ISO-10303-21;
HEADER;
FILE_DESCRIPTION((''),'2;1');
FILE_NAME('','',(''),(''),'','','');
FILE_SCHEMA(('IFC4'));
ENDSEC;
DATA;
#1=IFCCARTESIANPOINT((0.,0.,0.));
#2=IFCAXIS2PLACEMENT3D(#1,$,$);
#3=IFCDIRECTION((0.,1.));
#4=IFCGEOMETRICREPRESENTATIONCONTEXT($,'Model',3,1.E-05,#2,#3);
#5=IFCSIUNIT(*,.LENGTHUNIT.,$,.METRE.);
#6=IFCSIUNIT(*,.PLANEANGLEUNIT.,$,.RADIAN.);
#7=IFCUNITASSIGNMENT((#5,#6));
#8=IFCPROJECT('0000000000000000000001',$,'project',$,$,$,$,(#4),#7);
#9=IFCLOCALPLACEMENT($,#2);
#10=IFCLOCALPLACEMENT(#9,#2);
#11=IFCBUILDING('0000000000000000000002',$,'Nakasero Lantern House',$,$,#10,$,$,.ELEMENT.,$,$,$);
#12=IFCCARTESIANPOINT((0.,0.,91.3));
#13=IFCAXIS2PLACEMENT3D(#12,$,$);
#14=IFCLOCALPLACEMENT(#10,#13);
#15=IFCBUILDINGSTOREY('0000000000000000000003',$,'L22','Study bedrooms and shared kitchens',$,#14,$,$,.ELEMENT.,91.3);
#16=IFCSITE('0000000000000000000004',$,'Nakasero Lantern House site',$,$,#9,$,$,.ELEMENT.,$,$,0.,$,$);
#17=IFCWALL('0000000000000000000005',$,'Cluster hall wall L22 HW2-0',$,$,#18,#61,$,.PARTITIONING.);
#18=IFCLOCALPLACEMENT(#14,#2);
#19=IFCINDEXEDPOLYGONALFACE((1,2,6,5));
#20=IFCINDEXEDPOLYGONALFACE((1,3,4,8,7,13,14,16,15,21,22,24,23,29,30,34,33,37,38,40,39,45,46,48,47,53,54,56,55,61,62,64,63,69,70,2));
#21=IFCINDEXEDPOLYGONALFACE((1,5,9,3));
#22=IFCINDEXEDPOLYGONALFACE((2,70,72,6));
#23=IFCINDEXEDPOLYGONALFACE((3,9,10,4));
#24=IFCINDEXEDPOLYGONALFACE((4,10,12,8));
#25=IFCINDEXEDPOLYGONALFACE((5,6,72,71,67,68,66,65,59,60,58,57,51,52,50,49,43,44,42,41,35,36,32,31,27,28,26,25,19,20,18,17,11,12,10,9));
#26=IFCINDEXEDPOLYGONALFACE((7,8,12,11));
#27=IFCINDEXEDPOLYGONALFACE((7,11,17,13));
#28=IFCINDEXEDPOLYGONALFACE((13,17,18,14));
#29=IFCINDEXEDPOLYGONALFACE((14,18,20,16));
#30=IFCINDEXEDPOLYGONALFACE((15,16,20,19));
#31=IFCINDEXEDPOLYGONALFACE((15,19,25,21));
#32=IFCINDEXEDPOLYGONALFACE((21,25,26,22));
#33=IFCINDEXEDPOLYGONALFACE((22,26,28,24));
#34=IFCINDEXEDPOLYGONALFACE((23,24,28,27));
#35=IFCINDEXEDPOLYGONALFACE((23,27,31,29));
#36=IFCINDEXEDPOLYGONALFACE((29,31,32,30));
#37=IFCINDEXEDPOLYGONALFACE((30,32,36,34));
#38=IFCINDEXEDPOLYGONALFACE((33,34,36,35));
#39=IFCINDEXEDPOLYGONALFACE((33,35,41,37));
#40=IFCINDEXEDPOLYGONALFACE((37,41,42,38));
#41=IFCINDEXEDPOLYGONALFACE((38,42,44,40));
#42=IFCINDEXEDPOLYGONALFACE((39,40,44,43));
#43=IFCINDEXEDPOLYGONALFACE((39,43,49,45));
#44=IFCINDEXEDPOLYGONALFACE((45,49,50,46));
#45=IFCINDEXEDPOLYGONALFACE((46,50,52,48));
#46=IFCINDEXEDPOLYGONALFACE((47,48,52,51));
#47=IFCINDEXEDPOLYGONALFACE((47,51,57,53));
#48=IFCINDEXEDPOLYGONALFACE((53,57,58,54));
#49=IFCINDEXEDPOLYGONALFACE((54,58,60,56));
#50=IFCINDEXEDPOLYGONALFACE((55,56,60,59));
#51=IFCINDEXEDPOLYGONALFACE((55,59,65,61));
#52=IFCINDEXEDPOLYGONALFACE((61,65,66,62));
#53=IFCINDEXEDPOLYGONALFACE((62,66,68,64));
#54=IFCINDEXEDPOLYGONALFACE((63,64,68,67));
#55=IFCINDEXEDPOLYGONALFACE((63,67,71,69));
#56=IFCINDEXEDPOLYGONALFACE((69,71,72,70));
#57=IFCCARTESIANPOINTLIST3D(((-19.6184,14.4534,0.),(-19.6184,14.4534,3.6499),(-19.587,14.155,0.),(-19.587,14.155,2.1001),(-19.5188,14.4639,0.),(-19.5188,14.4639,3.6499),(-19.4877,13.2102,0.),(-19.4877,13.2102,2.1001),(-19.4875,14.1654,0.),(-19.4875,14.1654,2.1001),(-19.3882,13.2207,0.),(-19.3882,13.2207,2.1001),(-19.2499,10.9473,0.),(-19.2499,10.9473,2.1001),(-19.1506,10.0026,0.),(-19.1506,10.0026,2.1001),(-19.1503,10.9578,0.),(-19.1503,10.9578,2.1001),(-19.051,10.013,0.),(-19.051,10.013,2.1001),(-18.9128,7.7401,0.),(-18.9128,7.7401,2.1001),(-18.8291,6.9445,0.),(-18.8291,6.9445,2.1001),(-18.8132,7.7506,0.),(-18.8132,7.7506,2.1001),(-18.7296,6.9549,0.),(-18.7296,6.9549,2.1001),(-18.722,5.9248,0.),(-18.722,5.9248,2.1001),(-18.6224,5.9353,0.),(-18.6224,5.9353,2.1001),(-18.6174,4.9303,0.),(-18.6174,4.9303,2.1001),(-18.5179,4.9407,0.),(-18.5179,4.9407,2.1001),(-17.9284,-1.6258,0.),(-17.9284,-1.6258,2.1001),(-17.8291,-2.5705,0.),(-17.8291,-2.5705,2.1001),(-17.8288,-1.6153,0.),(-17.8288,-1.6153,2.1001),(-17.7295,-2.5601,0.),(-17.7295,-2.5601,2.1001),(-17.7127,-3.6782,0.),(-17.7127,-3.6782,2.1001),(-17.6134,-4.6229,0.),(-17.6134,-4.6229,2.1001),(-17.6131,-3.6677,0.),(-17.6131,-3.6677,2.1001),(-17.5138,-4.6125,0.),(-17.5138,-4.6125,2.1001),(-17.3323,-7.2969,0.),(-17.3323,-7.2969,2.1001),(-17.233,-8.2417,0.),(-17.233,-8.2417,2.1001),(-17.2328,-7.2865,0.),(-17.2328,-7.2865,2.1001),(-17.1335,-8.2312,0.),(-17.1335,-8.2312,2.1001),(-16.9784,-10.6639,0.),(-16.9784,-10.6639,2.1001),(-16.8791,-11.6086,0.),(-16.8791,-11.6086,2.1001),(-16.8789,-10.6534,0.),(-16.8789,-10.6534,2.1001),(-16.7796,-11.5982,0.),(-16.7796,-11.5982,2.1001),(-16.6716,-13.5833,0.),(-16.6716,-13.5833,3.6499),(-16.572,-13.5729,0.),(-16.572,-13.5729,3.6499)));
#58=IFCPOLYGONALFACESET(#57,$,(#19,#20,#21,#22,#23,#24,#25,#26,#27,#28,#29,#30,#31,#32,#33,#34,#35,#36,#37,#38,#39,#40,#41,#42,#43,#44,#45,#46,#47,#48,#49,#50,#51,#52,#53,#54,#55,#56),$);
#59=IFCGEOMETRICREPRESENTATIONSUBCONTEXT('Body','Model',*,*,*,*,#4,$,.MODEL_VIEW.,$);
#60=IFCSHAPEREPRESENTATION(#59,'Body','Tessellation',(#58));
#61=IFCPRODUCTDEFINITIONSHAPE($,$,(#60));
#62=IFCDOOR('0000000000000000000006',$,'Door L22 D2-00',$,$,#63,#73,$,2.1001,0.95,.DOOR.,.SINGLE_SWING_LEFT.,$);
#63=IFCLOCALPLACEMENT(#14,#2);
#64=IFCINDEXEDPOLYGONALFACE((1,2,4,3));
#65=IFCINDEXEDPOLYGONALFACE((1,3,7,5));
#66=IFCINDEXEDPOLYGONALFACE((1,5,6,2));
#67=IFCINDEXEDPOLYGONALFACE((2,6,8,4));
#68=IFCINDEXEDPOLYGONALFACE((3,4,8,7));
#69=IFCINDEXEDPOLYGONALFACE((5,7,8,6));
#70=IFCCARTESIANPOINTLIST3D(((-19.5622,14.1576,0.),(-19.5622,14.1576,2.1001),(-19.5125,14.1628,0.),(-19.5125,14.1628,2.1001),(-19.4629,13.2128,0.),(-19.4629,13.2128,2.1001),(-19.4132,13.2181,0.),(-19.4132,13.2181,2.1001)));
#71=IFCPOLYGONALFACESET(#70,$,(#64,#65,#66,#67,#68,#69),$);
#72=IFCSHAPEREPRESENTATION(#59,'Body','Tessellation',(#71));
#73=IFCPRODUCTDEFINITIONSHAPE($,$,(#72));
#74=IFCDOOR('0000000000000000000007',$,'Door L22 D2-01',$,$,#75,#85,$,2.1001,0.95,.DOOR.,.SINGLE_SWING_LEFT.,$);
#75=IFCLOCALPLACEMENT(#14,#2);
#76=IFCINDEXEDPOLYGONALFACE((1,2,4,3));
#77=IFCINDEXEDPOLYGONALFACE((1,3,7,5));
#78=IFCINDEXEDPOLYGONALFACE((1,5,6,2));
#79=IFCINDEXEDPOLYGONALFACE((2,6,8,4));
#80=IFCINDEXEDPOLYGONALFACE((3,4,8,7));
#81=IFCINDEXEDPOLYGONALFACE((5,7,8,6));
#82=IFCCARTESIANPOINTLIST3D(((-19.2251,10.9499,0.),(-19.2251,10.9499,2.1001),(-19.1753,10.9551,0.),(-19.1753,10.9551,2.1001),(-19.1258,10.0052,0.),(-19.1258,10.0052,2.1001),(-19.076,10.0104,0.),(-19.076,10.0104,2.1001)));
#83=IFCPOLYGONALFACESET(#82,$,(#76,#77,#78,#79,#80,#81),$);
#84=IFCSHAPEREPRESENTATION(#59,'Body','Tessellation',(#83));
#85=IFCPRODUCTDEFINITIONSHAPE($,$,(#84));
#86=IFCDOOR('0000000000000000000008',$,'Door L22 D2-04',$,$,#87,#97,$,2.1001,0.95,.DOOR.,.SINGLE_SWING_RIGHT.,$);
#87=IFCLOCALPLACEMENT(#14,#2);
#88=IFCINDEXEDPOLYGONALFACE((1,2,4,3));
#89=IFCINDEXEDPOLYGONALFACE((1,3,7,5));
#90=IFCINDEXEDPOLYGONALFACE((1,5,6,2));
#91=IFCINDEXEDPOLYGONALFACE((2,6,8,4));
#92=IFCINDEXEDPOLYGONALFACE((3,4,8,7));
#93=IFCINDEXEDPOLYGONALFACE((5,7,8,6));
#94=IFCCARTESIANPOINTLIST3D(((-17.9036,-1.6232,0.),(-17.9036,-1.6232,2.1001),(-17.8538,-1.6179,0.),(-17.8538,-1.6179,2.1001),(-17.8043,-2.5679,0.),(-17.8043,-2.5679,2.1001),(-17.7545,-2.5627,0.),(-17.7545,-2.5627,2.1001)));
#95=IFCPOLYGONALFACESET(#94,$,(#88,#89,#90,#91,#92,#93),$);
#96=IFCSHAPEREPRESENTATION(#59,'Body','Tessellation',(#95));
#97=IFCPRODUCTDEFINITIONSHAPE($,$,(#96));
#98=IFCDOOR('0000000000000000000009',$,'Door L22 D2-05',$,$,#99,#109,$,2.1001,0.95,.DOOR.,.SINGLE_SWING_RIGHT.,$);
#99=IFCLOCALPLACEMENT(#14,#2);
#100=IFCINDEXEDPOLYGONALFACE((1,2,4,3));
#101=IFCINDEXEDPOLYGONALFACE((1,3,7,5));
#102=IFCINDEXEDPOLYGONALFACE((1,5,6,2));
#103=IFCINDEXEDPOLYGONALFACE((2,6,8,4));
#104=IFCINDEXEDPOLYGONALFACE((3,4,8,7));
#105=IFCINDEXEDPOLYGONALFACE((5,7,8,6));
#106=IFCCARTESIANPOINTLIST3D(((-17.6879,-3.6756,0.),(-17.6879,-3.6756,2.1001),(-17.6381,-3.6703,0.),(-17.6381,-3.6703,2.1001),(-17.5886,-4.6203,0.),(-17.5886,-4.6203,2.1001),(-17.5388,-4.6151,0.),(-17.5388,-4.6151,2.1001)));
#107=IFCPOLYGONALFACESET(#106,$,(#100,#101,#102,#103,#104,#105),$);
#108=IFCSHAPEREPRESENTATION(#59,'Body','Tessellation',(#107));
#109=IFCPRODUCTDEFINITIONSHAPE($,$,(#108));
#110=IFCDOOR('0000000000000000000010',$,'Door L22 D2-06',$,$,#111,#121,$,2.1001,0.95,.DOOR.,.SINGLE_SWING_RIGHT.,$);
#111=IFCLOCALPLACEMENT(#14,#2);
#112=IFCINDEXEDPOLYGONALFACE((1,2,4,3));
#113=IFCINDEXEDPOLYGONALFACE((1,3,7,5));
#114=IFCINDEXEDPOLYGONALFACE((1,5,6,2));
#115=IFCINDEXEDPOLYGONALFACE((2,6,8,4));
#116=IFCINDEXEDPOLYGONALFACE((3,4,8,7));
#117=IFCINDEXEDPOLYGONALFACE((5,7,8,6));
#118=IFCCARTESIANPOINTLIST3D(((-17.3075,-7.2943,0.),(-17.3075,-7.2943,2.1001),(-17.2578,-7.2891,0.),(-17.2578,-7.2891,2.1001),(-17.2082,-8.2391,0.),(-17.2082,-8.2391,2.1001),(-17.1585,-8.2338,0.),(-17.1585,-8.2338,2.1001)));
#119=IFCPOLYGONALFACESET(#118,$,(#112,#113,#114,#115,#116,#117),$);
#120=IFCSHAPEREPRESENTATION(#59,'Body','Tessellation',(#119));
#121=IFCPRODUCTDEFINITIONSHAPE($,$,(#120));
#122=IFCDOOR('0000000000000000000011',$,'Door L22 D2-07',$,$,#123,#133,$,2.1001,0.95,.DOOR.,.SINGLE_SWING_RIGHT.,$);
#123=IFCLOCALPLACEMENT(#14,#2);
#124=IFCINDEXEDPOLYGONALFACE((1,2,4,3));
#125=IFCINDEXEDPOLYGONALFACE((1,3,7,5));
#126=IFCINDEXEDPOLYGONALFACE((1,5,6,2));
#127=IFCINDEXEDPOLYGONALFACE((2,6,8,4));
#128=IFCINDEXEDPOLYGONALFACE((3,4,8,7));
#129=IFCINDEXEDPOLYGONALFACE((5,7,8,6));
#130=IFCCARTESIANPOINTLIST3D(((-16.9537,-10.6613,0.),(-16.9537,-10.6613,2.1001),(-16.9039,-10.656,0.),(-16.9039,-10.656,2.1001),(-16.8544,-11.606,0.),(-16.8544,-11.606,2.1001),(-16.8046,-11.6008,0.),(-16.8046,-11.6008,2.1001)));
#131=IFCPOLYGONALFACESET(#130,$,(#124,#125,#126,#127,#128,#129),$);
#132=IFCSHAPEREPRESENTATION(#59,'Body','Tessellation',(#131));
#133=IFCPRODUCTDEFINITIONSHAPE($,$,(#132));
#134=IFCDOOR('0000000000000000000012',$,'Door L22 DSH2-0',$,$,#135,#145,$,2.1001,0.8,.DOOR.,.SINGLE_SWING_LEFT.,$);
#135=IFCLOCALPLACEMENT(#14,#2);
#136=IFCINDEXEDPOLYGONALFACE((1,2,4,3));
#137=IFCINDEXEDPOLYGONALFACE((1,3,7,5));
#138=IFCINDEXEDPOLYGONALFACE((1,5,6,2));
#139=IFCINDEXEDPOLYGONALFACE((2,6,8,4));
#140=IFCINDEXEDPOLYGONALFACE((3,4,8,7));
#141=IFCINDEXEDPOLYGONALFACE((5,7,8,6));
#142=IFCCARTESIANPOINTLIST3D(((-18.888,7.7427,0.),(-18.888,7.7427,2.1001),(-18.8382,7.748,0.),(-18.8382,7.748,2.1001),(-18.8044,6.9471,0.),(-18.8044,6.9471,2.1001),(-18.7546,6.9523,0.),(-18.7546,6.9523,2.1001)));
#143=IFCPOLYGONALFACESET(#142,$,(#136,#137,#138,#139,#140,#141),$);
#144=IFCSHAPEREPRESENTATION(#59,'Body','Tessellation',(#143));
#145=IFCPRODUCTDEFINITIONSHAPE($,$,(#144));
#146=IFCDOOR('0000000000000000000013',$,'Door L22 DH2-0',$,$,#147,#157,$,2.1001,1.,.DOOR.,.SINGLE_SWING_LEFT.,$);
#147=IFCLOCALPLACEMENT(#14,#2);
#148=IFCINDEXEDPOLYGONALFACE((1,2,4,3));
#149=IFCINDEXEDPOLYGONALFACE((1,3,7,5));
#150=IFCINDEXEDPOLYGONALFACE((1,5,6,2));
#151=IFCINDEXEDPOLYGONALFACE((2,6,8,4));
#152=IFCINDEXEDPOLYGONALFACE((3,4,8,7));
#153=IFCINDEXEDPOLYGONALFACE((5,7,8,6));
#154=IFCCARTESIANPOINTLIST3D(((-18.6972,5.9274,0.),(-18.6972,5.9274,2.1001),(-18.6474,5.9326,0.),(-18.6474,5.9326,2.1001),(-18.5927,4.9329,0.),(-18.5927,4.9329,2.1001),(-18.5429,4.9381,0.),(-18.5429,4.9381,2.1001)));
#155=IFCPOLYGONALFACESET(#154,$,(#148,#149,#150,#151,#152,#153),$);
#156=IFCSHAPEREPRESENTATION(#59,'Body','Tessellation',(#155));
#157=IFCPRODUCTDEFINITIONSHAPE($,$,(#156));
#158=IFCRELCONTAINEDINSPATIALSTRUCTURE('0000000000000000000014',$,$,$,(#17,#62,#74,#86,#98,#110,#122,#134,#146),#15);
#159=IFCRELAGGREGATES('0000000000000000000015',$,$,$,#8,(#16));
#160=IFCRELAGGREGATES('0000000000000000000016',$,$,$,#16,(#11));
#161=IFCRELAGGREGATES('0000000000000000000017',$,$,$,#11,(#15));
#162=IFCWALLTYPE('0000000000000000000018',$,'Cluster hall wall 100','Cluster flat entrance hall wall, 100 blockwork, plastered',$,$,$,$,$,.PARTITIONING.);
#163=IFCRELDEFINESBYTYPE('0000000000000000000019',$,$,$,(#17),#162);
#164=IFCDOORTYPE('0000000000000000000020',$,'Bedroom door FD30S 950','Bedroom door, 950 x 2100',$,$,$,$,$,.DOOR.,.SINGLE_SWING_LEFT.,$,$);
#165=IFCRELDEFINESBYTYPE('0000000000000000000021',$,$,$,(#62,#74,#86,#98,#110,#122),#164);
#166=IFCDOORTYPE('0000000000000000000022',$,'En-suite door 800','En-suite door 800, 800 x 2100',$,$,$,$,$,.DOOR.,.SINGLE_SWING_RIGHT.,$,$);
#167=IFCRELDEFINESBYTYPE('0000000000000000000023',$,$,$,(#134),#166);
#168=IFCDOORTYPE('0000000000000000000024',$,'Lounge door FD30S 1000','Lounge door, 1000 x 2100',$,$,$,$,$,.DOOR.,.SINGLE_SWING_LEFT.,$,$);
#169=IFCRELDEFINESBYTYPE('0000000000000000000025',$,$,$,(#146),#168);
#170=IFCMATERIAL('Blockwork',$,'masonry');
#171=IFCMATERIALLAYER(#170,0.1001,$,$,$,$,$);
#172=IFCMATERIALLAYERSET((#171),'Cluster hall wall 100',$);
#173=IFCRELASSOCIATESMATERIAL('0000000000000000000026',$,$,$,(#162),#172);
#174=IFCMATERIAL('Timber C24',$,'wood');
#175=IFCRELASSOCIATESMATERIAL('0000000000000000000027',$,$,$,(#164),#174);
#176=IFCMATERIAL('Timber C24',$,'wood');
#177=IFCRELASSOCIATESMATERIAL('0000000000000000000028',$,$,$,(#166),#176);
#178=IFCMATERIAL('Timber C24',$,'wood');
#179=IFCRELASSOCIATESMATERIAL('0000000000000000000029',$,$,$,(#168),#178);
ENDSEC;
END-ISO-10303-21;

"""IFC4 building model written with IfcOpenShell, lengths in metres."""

from ifc_helpers import new_model, si_unit, direction, frame, frame_2d, origin, place, context, subcontext, project, spatial, rectangle, extrude, material, layer, layer_set, type_object, element, fill, save


model = new_model("IFC4")

# Units and contexts
model_context = context("Model", 3, precision=1e-05, world=origin(), true_north=direction((0.0, 1.0)))
body_context = subcontext(model_context, "Body", "Model", "MODEL_VIEW")
ifc_project = project(units=[si_unit("LENGTHUNIT", "METRE"), si_unit("PLANEANGLEUNIT", "RADIAN")], contexts=[model_context])

# Site, building, storey
site_placement = place(None, origin())
site = spatial("IfcSite", under=ifc_project, at=site_placement, Name="Nakasero Lantern House site", CompositionType="ELEMENT", RefElevation=0.0)
building_placement = place(site_placement, origin())
building = spatial("IfcBuilding", under=site, at=building_placement, Name="Nakasero Lantern House", CompositionType="ELEMENT")
storey_placement = place(building_placement, frame((0.0, 0.0, 91.3)))
storey = spatial("IfcBuildingStorey", under=building, at=storey_placement, Name="L22", Description="Study bedrooms and shared kitchens", CompositionType="ELEMENT", Elevation=91.3)

# Wall, openings, doors
ifc_material_1 = material(Name="Blockwork", Category="masonry")
ifc_layer_1 = layer(ifc_material_1, 0.1001)
ifc_layer_set_1 = layer_set([ifc_layer_1], Name="Cluster hall wall 100")
wall_type_1 = type_object("IfcWallType", Name="Cluster hall wall 100", Description="Cluster flat entrance hall wall, 100 blockwork, plastered", PredefinedType="PARTITIONING", material=ifc_layer_set_1)
wall_1_placement = place(storey_placement, frame((-19.5686, 14.4587, 0.0), z_axis=(0.0, 0.0, 1.0), x_axis=(0.104529, -0.994522, 0.0)))
wall_1 = element("IfcWall", 1, at=wall_1_placement, inside=storey, type_object=wall_type_1, Name="Cluster hall wall L22 HW2-0", PredefinedType="PARTITIONING", context=body_context, shape_type="SweptSolid", body=[
    extrude(rectangle(XDim=28.1912, YDim=0.1001, at=frame_2d((14.0957, 0.0))), origin(), (0.0, 0.0, 1.0), 3.6499),
])
opening_1_placement = place(wall_1_placement, frame((8.5757, 0.0, 0.0)))
opening_1 = element("IfcOpeningElement", 2, at=opening_1_placement, cuts=wall_1, PredefinedType="OPENING", context=body_context, shape_type="SweptSolid", body=[
    extrude(rectangle(XDim=1.0, YDim=2.1001, at=frame_2d((0.5, 1.05))), frame((0.0, 0.0701, 0.0), z_axis=(0.0, -1.0, 0.0), x_axis=(1.0, 0.0, 0.0)), (0.0, 0.0, 1.0), 0.1401),
])
opening_2_placement = place(wall_1_placement, frame((6.7505, 0.0, 0.0)))
opening_2 = element("IfcOpeningElement", 3, at=opening_2_placement, cuts=wall_1, PredefinedType="OPENING", context=body_context, shape_type="SweptSolid", body=[
    extrude(rectangle(XDim=0.8, YDim=2.1001, at=frame_2d((0.3999, 1.05))), frame((0.0, 0.0701, 0.0), z_axis=(0.0, -1.0, 0.0), x_axis=(1.0, 0.0, 0.0)), (0.0, 0.0, 1.0), 0.1401),
])
opening_3_placement = place(wall_1_placement, frame((0.3, 0.0, 0.0)))
opening_3 = element("IfcOpeningElement", 4, at=opening_3_placement, cuts=wall_1, PredefinedType="OPENING", context=body_context, shape_type="SweptSolid", body=[
    extrude(rectangle(XDim=0.95, YDim=2.1001, at=frame_2d((0.4751, 1.05))), frame((0.0, 0.0701, 0.0), z_axis=(0.0, -1.0, 0.0), x_axis=(1.0, 0.0, 0.0)), (0.0, 0.0, 1.0), 0.1401),
])
opening_4_placement = place(wall_1_placement, frame((3.5254, 0.0, 0.0)))
opening_4 = element("IfcOpeningElement", 5, at=opening_4_placement, cuts=wall_1, PredefinedType="OPENING", context=body_context, shape_type="SweptSolid", body=[
    extrude(rectangle(XDim=0.95, YDim=2.1001, at=frame_2d((0.4751, 1.05))), frame((0.0, 0.0701, 0.0), z_axis=(0.0, -1.0, 0.0), x_axis=(1.0, 0.0, 0.0)), (0.0, 0.0, 1.0), 0.1401),
])
opening_5_placement = place(wall_1_placement, frame((16.1677, 0.0, 0.0)))
opening_5 = element("IfcOpeningElement", 6, at=opening_5_placement, cuts=wall_1, PredefinedType="OPENING", context=body_context, shape_type="SweptSolid", body=[
    extrude(rectangle(XDim=0.95, YDim=2.1001, at=frame_2d((0.4751, 1.05))), frame((0.0, 0.0701, 0.0), z_axis=(0.0, -1.0, 0.0), x_axis=(1.0, 0.0, 0.0)), (0.0, 0.0, 1.0), 0.1401),
])
opening_6_placement = place(wall_1_placement, frame((18.2314, 0.0, 0.0)))
opening_6 = element("IfcOpeningElement", 7, at=opening_6_placement, cuts=wall_1, PredefinedType="OPENING", context=body_context, shape_type="SweptSolid", body=[
    extrude(rectangle(XDim=0.95, YDim=2.1001, at=frame_2d((0.4751, 1.05))), frame((0.0, 0.0701, 0.0), z_axis=(0.0, -1.0, 0.0), x_axis=(1.0, 0.0, 0.0)), (0.0, 0.0, 1.0), 0.1401),
])
opening_7_placement = place(wall_1_placement, frame((21.8701, 0.0, 0.0)))
opening_7 = element("IfcOpeningElement", 8, at=opening_7_placement, cuts=wall_1, PredefinedType="OPENING", context=body_context, shape_type="SweptSolid", body=[
    extrude(rectangle(XDim=0.95, YDim=2.1001, at=frame_2d((0.4751, 1.05))), frame((0.0, 0.0701, 0.0), z_axis=(0.0, -1.0, 0.0), x_axis=(1.0, 0.0, 0.0)), (0.0, 0.0, 1.0), 0.1401),
])
opening_8_placement = place(wall_1_placement, frame((25.2556, 0.0, 0.0)))
opening_8 = element("IfcOpeningElement", 9, at=opening_8_placement, cuts=wall_1, PredefinedType="OPENING", context=body_context, shape_type="SweptSolid", body=[
    extrude(rectangle(XDim=0.95, YDim=2.1001, at=frame_2d((0.4751, 1.05))), frame((0.0, 0.0701, 0.0), z_axis=(0.0, -1.0, 0.0), x_axis=(1.0, 0.0, 0.0)), (0.0, 0.0, 1.0), 0.1401),
])
ifc_material_2 = material(Name="Timber C24", Category="wood")
door_type_1 = type_object("IfcDoorType", Name="Bedroom door FD30S 950", Description="Bedroom door, 950 x 2100", OperationType="SINGLE_SWING_LEFT", PredefinedType="DOOR", material=ifc_material_2)
door_1_placement = place(opening_3_placement, origin())
door_1 = element("IfcDoor", 10, at=door_1_placement, inside=storey, type_object=door_type_1, Name="Door L22 D2-00", OperationType="SINGLE_SWING_LEFT", OverallHeight=2.1001, OverallWidth=0.95, PredefinedType="DOOR", context=body_context, shape_type="SweptSolid", body=[
    extrude(rectangle(XDim=0.95, YDim=2.1001, at=frame_2d((0.4751, 1.05))), frame((0.0, 0.0249, 0.0), z_axis=(0.0, -1.0, 0.0), x_axis=(1.0, 0.0, 0.0)), (0.0, 0.0, 1.0), 0.05),
])
fill(opening_3, door_1)
door_2_placement = place(opening_4_placement, origin())
door_2 = element("IfcDoor", 11, at=door_2_placement, inside=storey, type_object=door_type_1, Name="Door L22 D2-01", OperationType="SINGLE_SWING_LEFT", OverallHeight=2.1001, OverallWidth=0.95, PredefinedType="DOOR", context=body_context, shape_type="SweptSolid", body=[
    extrude(rectangle(XDim=0.95, YDim=2.1001, at=frame_2d((0.4751, 1.05))), frame((0.0, 0.0249, 0.0), z_axis=(0.0, -1.0, 0.0), x_axis=(1.0, 0.0, 0.0)), (0.0, 0.0, 1.0), 0.05),
])
fill(opening_4, door_2)
door_3_placement = place(opening_5_placement, origin())
door_3 = element("IfcDoor", 12, at=door_3_placement, inside=storey, type_object=door_type_1, Name="Door L22 D2-04", OperationType="SINGLE_SWING_RIGHT", OverallHeight=2.1001, OverallWidth=0.95, PredefinedType="DOOR", context=body_context, shape_type="SweptSolid", body=[
    extrude(rectangle(XDim=0.95, YDim=2.1001, at=frame_2d((0.4751, 1.05))), frame((0.0, 0.0249, 0.0), z_axis=(0.0, -1.0, 0.0), x_axis=(1.0, 0.0, 0.0)), (0.0, 0.0, 1.0), 0.05),
])
fill(opening_5, door_3)
door_4_placement = place(opening_6_placement, origin())
door_4 = element("IfcDoor", 13, at=door_4_placement, inside=storey, type_object=door_type_1, Name="Door L22 D2-05", OperationType="SINGLE_SWING_RIGHT", OverallHeight=2.1001, OverallWidth=0.95, PredefinedType="DOOR", context=body_context, shape_type="SweptSolid", body=[
    extrude(rectangle(XDim=0.95, YDim=2.1001, at=frame_2d((0.4751, 1.05))), frame((0.0, 0.0249, 0.0), z_axis=(0.0, -1.0, 0.0), x_axis=(1.0, 0.0, 0.0)), (0.0, 0.0, 1.0), 0.05),
])
fill(opening_6, door_4)
door_5_placement = place(opening_7_placement, origin())
door_5 = element("IfcDoor", 14, at=door_5_placement, inside=storey, type_object=door_type_1, Name="Door L22 D2-06", OperationType="SINGLE_SWING_RIGHT", OverallHeight=2.1001, OverallWidth=0.95, PredefinedType="DOOR", context=body_context, shape_type="SweptSolid", body=[
    extrude(rectangle(XDim=0.95, YDim=2.1001, at=frame_2d((0.4751, 1.05))), frame((0.0, 0.0249, 0.0), z_axis=(0.0, -1.0, 0.0), x_axis=(1.0, 0.0, 0.0)), (0.0, 0.0, 1.0), 0.05),
])
fill(opening_7, door_5)
door_6_placement = place(opening_8_placement, origin())
door_6 = element("IfcDoor", 15, at=door_6_placement, inside=storey, type_object=door_type_1, Name="Door L22 D2-07", OperationType="SINGLE_SWING_RIGHT", OverallHeight=2.1001, OverallWidth=0.95, PredefinedType="DOOR", context=body_context, shape_type="SweptSolid", body=[
    extrude(rectangle(XDim=0.95, YDim=2.1001, at=frame_2d((0.4751, 1.05))), frame((0.0, 0.0249, 0.0), z_axis=(0.0, -1.0, 0.0), x_axis=(1.0, 0.0, 0.0)), (0.0, 0.0, 1.0), 0.05),
])
fill(opening_8, door_6)
ifc_material_3 = material(Name="Timber C24", Category="wood")
door_type_2 = type_object("IfcDoorType", Name="En-suite door 800", Description="En-suite door 800, 800 x 2100", OperationType="SINGLE_SWING_RIGHT", PredefinedType="DOOR", material=ifc_material_3)
door_7_placement = place(opening_2_placement, origin())
door_7 = element("IfcDoor", 16, at=door_7_placement, inside=storey, type_object=door_type_2, Name="Door L22 DSH2-0", OperationType="SINGLE_SWING_LEFT", OverallHeight=2.1001, OverallWidth=0.8, PredefinedType="DOOR", context=body_context, shape_type="SweptSolid", body=[
    extrude(rectangle(XDim=0.8, YDim=2.1001, at=frame_2d((0.3999, 1.05))), frame((0.0, 0.0249, 0.0), z_axis=(0.0, -1.0, 0.0), x_axis=(1.0, 0.0, 0.0)), (0.0, 0.0, 1.0), 0.05),
])
fill(opening_2, door_7)
ifc_material_4 = material(Name="Timber C24", Category="wood")
door_type_3 = type_object("IfcDoorType", Name="Lounge door FD30S 1000", Description="Lounge door, 1000 x 2100", OperationType="SINGLE_SWING_LEFT", PredefinedType="DOOR", material=ifc_material_4)
door_8_placement = place(opening_1_placement, origin())
door_8 = element("IfcDoor", 17, at=door_8_placement, inside=storey, type_object=door_type_3, Name="Door L22 DH2-0", OperationType="SINGLE_SWING_LEFT", OverallHeight=2.1001, OverallWidth=1.0, PredefinedType="DOOR", context=body_context, shape_type="SweptSolid", body=[
    extrude(rectangle(XDim=1.0, YDim=2.1001, at=frame_2d((0.5, 1.05))), frame((0.0, 0.0249, 0.0), z_axis=(0.0, -1.0, 0.0), x_axis=(1.0, 0.0, 0.0)), (0.0, 0.0, 1.0), 0.05),
])
fill(opening_1, door_8)

save(model, "model.ifc")
